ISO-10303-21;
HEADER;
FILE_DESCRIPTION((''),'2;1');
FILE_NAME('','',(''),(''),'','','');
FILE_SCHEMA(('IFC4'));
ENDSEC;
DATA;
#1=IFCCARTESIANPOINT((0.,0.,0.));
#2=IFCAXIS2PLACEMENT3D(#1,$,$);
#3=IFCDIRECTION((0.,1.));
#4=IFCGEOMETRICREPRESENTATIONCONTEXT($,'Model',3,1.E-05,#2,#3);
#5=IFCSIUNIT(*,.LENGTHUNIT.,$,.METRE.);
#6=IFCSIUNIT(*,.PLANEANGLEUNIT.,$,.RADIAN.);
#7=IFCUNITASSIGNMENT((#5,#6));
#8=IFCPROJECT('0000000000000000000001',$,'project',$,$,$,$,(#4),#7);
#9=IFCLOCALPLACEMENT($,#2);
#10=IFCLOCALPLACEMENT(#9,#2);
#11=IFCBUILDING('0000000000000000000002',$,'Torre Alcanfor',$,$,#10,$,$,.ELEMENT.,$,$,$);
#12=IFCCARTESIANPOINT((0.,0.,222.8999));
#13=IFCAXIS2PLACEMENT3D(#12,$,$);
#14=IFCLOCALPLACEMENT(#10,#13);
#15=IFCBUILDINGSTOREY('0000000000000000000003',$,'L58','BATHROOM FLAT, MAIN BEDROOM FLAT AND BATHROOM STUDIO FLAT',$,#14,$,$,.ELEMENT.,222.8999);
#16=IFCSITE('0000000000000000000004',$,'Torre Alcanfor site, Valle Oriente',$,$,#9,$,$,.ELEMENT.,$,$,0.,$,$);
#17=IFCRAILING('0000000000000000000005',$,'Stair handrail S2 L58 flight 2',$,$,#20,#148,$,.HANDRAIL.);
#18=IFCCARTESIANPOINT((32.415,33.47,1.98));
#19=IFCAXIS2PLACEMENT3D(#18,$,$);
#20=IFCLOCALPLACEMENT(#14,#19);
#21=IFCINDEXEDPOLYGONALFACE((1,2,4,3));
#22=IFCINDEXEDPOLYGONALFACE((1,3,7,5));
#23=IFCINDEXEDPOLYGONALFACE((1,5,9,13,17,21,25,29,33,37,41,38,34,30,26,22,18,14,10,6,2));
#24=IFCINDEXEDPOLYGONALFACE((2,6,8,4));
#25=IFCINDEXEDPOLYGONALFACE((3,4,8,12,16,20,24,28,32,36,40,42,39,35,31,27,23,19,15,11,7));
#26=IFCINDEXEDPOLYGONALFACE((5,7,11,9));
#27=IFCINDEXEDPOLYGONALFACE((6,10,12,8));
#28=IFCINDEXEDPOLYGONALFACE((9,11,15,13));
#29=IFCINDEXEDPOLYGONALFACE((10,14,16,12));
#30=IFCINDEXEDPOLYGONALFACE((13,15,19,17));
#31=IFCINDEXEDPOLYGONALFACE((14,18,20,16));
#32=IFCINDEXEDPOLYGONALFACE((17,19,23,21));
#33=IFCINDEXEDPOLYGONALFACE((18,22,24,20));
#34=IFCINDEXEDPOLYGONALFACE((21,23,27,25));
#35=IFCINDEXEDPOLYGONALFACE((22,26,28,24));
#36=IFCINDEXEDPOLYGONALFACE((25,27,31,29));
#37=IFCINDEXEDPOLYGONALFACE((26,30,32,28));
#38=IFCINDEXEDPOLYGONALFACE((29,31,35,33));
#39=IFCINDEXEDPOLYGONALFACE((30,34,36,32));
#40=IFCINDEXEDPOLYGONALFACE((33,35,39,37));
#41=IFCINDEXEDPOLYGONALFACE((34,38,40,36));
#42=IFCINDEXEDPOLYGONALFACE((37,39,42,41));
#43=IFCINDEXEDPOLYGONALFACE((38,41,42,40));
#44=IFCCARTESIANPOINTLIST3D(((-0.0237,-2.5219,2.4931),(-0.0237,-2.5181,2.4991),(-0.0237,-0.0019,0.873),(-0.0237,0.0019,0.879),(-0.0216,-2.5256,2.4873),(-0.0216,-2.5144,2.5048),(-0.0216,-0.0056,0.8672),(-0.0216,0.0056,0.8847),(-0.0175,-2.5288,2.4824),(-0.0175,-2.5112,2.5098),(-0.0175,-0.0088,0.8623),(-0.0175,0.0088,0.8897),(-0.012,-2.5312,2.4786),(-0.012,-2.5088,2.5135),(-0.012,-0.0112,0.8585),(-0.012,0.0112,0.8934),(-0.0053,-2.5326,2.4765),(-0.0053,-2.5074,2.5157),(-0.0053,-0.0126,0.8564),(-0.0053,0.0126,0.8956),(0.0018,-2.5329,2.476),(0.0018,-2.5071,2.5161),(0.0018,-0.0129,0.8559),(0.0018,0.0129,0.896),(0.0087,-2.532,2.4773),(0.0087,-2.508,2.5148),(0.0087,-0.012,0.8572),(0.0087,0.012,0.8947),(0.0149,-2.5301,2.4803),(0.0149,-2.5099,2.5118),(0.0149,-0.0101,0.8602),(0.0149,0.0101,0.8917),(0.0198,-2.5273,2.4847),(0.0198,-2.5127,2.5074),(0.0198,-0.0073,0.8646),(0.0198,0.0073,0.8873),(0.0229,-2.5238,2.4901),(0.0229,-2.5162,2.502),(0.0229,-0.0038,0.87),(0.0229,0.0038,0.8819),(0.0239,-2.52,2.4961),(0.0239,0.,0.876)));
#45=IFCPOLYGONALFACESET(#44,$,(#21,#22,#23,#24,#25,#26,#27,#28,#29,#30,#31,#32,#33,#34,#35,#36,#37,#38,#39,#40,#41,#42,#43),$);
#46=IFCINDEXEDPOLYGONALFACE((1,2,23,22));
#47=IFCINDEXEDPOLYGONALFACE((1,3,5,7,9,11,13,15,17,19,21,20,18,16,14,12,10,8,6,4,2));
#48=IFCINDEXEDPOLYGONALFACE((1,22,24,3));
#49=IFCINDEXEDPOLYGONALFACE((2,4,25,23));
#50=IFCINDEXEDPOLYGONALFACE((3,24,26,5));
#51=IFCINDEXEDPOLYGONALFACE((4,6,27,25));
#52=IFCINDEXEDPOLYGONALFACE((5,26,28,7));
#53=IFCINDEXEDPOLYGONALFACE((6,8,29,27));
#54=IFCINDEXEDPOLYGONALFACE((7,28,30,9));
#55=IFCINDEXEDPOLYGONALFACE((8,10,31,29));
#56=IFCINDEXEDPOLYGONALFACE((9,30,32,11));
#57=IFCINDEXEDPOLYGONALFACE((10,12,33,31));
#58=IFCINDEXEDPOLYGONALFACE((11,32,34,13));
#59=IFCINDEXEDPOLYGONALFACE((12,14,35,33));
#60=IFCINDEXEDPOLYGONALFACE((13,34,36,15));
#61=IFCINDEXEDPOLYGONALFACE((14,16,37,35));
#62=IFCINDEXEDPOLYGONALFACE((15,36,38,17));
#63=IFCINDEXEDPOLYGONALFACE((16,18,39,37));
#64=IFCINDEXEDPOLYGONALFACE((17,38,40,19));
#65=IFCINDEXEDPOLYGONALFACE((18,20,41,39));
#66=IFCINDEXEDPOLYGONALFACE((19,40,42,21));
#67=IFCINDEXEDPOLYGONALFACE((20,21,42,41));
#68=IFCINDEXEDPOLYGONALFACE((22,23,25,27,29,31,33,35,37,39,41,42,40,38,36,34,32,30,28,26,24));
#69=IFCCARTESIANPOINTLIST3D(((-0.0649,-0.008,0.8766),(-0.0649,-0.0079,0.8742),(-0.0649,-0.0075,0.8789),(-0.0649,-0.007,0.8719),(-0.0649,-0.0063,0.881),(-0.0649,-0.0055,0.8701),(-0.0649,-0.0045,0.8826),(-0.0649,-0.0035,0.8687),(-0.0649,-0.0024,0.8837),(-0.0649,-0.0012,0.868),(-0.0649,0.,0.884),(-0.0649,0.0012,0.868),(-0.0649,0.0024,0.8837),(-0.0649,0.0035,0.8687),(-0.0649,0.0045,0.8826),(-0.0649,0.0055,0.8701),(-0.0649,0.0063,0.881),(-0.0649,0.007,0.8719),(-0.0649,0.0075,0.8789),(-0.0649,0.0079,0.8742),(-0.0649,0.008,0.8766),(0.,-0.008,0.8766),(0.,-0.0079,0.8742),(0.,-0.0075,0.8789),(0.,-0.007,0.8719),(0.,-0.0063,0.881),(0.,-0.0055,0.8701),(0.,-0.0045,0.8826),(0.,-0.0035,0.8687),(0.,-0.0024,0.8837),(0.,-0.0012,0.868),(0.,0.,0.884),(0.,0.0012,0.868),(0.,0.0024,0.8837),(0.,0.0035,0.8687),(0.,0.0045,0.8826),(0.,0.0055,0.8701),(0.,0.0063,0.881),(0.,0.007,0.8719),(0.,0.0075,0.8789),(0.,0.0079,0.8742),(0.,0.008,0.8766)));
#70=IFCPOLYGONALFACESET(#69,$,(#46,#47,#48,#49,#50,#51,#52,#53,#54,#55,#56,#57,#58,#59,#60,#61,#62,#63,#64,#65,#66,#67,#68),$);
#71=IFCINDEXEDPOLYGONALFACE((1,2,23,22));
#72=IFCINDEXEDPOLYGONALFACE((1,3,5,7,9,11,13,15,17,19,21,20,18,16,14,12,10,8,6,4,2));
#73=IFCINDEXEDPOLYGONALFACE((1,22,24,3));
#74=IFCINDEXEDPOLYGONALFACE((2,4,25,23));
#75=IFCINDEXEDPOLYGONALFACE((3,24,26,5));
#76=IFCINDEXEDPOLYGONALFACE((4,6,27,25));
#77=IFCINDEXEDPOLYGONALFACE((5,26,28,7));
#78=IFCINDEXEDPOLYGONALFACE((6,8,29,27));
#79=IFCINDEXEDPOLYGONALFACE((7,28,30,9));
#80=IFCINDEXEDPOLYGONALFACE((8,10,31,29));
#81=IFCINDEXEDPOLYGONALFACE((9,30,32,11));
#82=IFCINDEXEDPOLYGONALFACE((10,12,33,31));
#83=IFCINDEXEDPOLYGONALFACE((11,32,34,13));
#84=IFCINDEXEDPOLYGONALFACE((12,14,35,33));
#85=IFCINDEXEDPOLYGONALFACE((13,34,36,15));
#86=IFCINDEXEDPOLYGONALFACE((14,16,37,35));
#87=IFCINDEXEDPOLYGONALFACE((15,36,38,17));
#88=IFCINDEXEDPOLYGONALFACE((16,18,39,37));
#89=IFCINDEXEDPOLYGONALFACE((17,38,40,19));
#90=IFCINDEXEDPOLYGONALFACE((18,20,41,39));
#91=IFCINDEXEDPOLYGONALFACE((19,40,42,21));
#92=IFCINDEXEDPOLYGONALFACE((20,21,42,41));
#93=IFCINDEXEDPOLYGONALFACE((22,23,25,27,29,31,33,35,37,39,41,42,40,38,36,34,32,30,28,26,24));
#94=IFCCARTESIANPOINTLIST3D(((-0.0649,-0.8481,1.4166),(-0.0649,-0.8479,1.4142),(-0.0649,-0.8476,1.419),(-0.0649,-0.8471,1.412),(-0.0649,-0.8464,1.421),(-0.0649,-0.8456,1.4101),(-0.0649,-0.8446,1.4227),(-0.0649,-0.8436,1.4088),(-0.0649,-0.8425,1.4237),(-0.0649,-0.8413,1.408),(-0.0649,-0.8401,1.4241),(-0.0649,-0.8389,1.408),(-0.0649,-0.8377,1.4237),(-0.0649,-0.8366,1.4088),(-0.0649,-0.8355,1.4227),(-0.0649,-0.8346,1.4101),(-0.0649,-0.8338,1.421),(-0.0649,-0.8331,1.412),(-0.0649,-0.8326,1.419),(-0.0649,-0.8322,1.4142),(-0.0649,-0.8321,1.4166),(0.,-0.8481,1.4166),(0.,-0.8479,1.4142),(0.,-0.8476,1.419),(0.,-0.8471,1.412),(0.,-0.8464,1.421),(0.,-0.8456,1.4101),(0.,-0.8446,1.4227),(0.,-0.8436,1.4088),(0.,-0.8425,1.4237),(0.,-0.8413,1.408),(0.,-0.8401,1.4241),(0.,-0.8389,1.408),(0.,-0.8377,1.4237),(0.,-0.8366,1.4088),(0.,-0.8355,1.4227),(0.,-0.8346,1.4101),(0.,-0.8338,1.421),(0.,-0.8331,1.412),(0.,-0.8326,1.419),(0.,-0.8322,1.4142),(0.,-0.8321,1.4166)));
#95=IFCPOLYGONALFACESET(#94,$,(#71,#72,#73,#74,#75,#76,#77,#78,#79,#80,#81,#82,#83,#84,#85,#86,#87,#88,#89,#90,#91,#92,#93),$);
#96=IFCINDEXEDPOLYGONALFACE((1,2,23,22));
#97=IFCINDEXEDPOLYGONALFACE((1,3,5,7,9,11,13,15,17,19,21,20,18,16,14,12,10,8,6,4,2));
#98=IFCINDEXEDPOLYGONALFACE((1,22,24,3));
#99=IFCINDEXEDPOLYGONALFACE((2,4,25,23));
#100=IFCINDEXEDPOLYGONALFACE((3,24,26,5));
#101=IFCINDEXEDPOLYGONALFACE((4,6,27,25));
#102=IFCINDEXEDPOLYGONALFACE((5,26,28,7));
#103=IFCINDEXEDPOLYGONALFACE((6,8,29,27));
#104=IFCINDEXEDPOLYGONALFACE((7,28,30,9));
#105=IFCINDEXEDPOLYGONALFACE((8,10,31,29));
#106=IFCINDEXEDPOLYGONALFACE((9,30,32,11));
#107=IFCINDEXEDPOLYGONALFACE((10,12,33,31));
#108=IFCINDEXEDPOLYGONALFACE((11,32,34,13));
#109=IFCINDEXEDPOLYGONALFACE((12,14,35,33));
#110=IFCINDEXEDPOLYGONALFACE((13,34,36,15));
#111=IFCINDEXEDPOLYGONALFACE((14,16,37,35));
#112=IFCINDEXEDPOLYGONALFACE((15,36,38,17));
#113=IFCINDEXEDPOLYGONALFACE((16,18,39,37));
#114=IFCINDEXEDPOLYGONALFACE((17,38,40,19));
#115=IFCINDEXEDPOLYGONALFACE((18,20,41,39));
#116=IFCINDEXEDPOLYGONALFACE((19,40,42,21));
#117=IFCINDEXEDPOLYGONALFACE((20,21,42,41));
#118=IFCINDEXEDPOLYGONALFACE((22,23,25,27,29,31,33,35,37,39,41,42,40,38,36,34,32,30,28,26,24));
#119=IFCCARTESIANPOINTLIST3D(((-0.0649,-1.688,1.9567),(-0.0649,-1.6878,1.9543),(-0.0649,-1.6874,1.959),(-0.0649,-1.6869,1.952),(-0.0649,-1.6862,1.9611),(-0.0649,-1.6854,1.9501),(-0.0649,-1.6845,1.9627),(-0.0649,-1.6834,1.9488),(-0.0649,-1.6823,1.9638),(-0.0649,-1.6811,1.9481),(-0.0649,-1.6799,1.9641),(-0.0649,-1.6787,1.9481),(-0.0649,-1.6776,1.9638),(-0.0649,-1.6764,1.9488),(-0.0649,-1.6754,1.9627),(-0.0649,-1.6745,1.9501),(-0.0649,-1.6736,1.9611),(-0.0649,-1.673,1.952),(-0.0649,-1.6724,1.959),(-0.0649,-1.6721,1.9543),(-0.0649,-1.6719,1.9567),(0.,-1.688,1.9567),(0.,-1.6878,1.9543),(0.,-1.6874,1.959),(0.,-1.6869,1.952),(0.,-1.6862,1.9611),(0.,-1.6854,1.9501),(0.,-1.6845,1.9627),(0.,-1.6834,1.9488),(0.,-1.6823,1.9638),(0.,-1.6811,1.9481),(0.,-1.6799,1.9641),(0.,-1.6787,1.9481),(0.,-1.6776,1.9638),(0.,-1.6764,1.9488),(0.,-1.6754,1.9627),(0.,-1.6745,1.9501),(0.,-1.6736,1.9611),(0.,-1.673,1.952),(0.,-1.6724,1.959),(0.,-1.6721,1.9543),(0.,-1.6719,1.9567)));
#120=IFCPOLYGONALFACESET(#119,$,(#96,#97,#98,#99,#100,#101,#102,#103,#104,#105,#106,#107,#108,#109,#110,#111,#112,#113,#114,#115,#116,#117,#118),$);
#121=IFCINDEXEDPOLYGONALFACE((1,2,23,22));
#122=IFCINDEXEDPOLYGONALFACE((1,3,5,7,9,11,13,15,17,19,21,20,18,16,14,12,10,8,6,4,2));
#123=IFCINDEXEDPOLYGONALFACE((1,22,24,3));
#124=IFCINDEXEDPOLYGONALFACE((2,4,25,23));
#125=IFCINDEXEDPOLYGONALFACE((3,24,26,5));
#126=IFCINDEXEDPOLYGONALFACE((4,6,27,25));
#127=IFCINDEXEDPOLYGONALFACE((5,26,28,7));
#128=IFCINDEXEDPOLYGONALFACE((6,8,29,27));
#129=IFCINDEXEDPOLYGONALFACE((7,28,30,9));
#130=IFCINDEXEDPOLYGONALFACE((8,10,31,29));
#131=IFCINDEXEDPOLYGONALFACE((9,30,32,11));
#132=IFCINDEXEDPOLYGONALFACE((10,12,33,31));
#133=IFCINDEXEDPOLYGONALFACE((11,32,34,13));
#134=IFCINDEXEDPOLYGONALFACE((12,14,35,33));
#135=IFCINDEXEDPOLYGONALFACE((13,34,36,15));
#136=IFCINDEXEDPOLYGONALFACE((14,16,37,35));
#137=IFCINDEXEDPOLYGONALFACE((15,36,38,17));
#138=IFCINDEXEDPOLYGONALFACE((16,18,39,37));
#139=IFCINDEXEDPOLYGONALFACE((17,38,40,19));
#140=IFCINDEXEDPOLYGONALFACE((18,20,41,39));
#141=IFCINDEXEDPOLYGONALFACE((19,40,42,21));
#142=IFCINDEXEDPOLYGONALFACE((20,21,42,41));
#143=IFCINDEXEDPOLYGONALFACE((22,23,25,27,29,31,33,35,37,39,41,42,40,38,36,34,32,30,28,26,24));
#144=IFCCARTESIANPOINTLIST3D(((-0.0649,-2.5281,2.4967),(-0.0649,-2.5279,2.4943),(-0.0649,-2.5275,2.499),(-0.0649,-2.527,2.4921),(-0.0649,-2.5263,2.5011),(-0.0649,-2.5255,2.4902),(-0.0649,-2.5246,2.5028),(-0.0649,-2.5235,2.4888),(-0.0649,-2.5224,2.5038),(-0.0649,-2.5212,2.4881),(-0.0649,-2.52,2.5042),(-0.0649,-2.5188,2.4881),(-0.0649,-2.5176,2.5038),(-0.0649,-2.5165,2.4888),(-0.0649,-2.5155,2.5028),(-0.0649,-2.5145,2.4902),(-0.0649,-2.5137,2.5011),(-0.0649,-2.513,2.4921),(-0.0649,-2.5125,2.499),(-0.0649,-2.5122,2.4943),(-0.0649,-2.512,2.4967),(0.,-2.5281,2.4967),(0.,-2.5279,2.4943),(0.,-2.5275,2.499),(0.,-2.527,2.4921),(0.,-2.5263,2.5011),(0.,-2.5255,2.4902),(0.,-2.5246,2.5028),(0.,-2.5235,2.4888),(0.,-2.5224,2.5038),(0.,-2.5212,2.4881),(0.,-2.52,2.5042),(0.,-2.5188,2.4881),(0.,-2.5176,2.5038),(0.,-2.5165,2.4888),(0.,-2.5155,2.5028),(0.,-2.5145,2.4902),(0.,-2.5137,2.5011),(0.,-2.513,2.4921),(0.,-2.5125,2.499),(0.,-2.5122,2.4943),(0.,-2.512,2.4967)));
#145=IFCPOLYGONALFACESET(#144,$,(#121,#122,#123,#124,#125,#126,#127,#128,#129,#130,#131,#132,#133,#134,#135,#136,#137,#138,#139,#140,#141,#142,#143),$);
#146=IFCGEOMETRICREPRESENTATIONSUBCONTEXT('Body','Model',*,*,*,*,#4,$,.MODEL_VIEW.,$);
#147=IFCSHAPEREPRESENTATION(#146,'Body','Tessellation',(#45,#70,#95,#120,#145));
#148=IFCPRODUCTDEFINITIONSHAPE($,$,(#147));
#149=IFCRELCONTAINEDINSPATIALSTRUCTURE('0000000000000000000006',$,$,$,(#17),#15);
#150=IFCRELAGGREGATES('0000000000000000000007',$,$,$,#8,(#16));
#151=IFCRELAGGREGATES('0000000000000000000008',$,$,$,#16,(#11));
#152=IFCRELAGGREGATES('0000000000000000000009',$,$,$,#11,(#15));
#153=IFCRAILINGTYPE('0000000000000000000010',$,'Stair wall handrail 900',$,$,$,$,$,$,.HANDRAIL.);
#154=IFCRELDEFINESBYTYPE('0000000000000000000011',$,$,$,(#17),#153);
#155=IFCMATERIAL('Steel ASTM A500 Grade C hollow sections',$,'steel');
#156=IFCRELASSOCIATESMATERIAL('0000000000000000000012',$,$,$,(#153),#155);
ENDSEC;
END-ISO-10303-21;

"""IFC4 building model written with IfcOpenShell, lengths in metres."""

from ifc_helpers import new_model, si_unit, direction, frame, origin, origin_2d, place, context, subcontext, project, spatial, circle, extrude, material, type_object, element, save


model = new_model("IFC4")

# Units and contexts
model_context = context("Model", 3, precision=1e-05, world=origin(), true_north=direction((0.0, 1.0)))
body_context = subcontext(model_context, "Body", "Model", "MODEL_VIEW")
ifc_project = project(units=[si_unit("LENGTHUNIT", "METRE"), si_unit("PLANEANGLEUNIT", "RADIAN")], contexts=[model_context])

# Site, building, storey
site_placement = place(None, origin())
site = spatial("IfcSite", under=ifc_project, at=site_placement, Name="Torre Alcanfor site, Valle Oriente", CompositionType="ELEMENT", RefElevation=0.0)
building_placement = place(site_placement, origin())
building = spatial("IfcBuilding", under=site, at=building_placement, Name="Torre Alcanfor", CompositionType="ELEMENT")
storey_placement = place(building_placement, frame((0.0, 0.0, 222.8999)))
storey = spatial("IfcBuildingStorey", under=building, at=storey_placement, Name="L58", Description="BATHROOM FLAT, MAIN BEDROOM FLAT AND BATHROOM STUDIO FLAT", CompositionType="ELEMENT", Elevation=222.8999)

# Railing
ifc_material_1 = material(Name="Steel ASTM A500 Grade C hollow sections", Category="steel")
railing_type_1 = type_object("IfcRailingType", Name="Stair wall handrail 900", PredefinedType="HANDRAIL", material=ifc_material_1)
railing_1_placement = place(storey_placement, frame((32.415, 33.47, 1.98)))
element("IfcRailing", 1, at=railing_1_placement, inside=storey, type_object=railing_type_1, Name="Stair handrail S2 L58 flight 2", PredefinedType="HANDRAIL", context=body_context, shape_type="SweptSolid", body=[
    extrude(circle(Radius=0.0239, at=origin_2d()), frame((0.0, 0.0, 0.876), z_axis=(0.0, -0.841163, 0.540782), x_axis=(1.0, 0.0, 0.0)), (0.0, 0.0, 1.0), 2.9958),
    extrude(circle(Radius=0.0081, at=origin_2d()), frame((0.0, 0.0, 0.876), z_axis=(-1.0, 0.0, 0.0), x_axis=(0.0, 0.0, 1.0)), (0.0, 0.0, 1.0), 0.0649),
    extrude(circle(Radius=0.0081, at=origin_2d()), frame((0.0, -0.8401, 1.416), z_axis=(-1.0, 0.0, 0.0), x_axis=(0.0, 0.0, 1.0)), (0.0, 0.0, 1.0), 0.0649),
    extrude(circle(Radius=0.0081, at=origin_2d()), frame((0.0, -1.6799, 1.9561), z_axis=(-1.0, 0.0, 0.0), x_axis=(0.0, 0.0, 1.0)), (0.0, 0.0, 1.0), 0.0649),
    extrude(circle(Radius=0.0081, at=origin_2d()), frame((0.0, -2.52, 2.4961), z_axis=(-1.0, 0.0, 0.0), x_axis=(0.0, 0.0, 1.0)), (0.0, 0.0, 1.0), 0.0649),
])

save(model, "model.ifc")
